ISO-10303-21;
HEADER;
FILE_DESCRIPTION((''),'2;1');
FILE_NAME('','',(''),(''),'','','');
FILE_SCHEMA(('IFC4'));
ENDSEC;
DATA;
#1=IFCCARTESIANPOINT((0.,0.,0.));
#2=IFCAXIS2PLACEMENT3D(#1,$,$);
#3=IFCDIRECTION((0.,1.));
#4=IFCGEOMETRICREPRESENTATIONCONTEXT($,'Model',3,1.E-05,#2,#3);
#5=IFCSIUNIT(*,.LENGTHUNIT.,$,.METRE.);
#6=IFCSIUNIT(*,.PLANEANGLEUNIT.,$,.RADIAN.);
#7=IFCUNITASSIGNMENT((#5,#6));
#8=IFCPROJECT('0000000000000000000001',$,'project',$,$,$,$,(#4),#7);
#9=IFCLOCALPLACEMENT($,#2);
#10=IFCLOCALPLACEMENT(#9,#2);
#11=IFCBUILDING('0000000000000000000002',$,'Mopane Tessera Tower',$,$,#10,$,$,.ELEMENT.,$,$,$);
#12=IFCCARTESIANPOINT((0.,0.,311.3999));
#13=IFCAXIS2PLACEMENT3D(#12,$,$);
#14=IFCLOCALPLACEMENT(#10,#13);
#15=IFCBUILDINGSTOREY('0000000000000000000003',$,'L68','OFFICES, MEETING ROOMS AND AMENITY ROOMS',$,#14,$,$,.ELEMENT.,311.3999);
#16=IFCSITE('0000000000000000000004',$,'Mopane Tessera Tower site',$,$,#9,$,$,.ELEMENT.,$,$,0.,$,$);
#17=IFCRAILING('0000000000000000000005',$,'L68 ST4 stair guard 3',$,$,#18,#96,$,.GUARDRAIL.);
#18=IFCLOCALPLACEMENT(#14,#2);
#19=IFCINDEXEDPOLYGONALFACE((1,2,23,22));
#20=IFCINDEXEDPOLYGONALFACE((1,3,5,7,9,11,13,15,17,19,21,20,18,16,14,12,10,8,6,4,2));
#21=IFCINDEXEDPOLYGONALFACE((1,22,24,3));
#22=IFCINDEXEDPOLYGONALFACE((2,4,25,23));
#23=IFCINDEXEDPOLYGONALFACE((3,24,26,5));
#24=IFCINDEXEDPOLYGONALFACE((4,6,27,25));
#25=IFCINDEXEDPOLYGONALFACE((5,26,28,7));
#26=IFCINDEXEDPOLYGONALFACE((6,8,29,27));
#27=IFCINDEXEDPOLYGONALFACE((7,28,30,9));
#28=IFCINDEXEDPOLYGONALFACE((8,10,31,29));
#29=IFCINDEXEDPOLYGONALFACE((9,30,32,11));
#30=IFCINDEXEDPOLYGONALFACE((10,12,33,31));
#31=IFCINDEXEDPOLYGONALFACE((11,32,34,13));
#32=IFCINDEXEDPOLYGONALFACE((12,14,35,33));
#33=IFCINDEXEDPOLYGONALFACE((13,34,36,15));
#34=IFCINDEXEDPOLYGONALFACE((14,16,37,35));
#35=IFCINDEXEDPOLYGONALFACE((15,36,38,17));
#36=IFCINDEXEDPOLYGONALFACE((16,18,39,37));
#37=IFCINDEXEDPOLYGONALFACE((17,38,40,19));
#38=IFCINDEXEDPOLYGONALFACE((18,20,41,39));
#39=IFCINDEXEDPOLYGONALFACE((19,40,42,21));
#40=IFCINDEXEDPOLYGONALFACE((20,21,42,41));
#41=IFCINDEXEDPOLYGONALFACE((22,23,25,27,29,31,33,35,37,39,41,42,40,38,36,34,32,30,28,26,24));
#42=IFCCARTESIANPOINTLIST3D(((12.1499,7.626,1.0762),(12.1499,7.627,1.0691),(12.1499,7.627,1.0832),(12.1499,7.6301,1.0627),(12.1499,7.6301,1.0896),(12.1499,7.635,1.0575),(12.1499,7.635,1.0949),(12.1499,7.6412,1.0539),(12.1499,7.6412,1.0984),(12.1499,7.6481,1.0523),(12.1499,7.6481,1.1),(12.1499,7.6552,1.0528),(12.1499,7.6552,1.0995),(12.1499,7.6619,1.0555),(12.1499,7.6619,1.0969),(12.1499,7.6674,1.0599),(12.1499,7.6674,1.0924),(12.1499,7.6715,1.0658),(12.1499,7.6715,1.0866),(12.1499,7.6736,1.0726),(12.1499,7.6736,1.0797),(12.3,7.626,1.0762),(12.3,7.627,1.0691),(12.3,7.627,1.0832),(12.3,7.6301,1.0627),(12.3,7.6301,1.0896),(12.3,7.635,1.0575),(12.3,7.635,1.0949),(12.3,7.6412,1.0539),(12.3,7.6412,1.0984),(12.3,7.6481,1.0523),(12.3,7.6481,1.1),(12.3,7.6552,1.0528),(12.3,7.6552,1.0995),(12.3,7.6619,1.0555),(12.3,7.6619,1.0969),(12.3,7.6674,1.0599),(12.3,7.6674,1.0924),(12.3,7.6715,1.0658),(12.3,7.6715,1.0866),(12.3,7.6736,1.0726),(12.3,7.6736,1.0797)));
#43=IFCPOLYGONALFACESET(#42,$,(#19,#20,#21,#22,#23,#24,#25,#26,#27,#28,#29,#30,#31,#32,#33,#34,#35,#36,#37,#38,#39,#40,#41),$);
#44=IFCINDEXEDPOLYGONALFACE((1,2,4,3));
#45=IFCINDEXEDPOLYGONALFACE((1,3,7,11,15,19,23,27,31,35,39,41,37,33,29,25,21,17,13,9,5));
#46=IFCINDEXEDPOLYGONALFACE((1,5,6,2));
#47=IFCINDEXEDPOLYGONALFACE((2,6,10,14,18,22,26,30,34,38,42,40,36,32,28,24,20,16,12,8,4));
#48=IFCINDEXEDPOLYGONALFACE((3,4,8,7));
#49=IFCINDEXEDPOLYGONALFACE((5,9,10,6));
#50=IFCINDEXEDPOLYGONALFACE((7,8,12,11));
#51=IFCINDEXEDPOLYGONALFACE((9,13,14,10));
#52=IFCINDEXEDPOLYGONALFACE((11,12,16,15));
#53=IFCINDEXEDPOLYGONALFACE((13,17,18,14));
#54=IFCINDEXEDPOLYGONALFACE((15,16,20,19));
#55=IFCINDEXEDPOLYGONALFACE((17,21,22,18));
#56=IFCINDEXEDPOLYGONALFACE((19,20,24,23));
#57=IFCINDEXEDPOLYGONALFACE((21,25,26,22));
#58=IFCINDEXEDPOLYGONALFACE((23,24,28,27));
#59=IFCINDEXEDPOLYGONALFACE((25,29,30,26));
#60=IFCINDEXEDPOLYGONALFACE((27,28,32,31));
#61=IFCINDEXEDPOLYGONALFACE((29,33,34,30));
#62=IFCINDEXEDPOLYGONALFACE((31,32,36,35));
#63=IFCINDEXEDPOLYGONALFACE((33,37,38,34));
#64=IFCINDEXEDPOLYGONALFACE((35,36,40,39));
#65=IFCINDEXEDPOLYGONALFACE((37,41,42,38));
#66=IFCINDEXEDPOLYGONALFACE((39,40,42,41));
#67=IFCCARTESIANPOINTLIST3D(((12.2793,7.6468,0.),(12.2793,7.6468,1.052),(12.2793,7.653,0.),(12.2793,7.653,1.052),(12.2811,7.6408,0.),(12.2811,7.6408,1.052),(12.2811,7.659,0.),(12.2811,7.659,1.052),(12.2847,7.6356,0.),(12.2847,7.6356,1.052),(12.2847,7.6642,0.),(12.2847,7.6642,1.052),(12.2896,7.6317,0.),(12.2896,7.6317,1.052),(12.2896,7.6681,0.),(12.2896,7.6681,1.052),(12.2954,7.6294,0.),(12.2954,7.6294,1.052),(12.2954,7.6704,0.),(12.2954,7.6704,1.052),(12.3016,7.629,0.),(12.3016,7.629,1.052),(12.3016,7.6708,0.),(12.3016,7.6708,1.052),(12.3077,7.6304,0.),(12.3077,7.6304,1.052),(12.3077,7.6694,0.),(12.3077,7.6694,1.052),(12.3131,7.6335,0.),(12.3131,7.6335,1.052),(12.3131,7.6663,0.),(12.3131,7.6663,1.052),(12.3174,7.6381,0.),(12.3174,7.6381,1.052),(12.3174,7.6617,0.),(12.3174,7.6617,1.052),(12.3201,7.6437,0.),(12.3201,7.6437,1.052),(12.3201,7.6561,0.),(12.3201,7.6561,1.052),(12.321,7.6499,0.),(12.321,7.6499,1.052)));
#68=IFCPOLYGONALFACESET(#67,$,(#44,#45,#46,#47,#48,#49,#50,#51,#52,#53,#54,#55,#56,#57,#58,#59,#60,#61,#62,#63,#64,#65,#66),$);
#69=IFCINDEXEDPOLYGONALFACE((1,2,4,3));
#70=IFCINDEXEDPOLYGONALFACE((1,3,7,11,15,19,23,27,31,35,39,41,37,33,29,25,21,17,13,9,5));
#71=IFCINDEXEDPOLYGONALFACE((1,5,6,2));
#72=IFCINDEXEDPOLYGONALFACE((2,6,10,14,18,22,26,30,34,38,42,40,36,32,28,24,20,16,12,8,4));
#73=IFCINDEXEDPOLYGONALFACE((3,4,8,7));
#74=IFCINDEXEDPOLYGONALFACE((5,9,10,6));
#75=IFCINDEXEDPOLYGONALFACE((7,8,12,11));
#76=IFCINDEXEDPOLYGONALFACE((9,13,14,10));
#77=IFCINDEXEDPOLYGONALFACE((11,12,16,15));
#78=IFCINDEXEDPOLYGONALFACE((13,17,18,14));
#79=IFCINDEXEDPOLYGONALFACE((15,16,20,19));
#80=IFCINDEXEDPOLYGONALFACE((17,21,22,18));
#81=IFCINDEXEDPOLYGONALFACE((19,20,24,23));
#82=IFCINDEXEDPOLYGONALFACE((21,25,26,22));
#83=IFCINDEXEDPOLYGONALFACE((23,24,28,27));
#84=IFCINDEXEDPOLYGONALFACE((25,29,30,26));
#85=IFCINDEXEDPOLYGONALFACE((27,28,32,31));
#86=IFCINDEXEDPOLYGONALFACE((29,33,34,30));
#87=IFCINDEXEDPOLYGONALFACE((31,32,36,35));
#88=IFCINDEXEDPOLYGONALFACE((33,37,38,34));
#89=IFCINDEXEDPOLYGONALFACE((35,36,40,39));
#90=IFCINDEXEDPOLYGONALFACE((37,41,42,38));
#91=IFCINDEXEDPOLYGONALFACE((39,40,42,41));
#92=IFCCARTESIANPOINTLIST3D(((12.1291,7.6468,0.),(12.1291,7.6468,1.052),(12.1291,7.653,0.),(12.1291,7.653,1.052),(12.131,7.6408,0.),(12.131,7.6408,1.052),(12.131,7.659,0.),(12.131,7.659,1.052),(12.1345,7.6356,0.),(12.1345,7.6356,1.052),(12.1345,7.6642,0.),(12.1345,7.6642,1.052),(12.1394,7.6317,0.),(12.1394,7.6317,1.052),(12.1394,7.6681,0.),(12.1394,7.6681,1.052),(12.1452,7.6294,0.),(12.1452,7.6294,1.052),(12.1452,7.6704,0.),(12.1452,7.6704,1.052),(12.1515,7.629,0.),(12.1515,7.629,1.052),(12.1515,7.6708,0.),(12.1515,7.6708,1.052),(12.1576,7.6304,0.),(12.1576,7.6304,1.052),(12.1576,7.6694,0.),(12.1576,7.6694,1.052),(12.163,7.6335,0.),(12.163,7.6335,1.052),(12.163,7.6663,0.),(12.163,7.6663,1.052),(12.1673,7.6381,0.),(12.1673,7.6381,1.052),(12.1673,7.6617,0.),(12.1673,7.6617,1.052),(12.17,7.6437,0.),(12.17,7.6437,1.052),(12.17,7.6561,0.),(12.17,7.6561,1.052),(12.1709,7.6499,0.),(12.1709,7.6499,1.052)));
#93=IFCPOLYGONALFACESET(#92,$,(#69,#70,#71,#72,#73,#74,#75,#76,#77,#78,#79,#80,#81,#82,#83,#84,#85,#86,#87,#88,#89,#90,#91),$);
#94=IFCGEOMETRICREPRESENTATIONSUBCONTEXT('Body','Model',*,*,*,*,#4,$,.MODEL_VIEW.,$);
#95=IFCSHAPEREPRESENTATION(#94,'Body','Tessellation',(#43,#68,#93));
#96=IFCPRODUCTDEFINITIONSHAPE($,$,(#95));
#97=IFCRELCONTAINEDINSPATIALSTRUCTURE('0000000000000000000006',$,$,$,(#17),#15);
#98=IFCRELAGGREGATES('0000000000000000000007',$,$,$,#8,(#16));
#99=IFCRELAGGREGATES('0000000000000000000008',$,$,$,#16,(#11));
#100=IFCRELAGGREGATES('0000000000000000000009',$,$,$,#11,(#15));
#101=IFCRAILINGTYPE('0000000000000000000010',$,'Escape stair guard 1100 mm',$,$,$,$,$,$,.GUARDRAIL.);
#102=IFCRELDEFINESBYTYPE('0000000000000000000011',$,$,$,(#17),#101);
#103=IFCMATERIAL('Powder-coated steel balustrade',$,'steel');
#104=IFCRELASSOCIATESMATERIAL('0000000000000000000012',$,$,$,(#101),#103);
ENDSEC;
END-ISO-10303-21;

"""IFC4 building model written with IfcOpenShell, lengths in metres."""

from ifc_helpers import new_model, si_unit, direction, frame, origin, origin_2d, place, context, subcontext, project, spatial, circle, extrude, material, type_object, element, save


model = new_model("IFC4")

# Units and contexts
model_context = context("Model", 3, precision=1e-05, world=origin(), true_north=direction((0.0, 1.0)))
body_context = subcontext(model_context, "Body", "Model", "MODEL_VIEW")
ifc_project = project(units=[si_unit("LENGTHUNIT", "METRE"), si_unit("PLANEANGLEUNIT", "RADIAN")], contexts=[model_context])

# Site, building, storey
site_placement = place(None, origin())
site = spatial("IfcSite", under=ifc_project, at=site_placement, Name="Mopane Tessera Tower site", CompositionType="ELEMENT", RefElevation=0.0)
building_placement = place(site_placement, origin())
building = spatial("IfcBuilding", under=site, at=building_placement, Name="Mopane Tessera Tower", CompositionType="ELEMENT")
storey_placement = place(building_placement, frame((0.0, 0.0, 311.3999)))
storey = spatial("IfcBuildingStorey", under=building, at=storey_placement, Name="L68", Description="OFFICES, MEETING ROOMS AND AMENITY ROOMS", CompositionType="ELEMENT", Elevation=311.3999)

# Railing
ifc_material_1 = material(Name="Powder-coated steel balustrade", Category="steel")
railing_type_1 = type_object("IfcRailingType", Name="Escape stair guard 1100 mm", PredefinedType="GUARDRAIL", material=ifc_material_1)
railing_1_placement = place(storey_placement, frame((12.3, 7.6499, 0.0)))
element("IfcRailing", 1, at=railing_1_placement, inside=storey, type_object=railing_type_1, Name="L68 ST4 stair guard 3", PredefinedType="GUARDRAIL", context=body_context, shape_type="SweptSolid", body=[
    extrude(circle(Radius=0.0239, at=origin_2d()), frame((0.0, 0.0, 1.0762), z_axis=(-1.0, 0.0, 0.0), x_axis=(0.0, -1.0, 0.0)), (0.0, 0.0, 1.0), 0.1501),
    extrude(circle(Radius=0.021, at=origin_2d()), origin(), (0.0, 0.0, 1.0), 1.052),
    extrude(circle(Radius=0.021, at=origin_2d()), frame((-0.1501, 0.0, 0.0)), (0.0, 0.0, 1.0), 1.052),
])

save(model, "model.ifc")
